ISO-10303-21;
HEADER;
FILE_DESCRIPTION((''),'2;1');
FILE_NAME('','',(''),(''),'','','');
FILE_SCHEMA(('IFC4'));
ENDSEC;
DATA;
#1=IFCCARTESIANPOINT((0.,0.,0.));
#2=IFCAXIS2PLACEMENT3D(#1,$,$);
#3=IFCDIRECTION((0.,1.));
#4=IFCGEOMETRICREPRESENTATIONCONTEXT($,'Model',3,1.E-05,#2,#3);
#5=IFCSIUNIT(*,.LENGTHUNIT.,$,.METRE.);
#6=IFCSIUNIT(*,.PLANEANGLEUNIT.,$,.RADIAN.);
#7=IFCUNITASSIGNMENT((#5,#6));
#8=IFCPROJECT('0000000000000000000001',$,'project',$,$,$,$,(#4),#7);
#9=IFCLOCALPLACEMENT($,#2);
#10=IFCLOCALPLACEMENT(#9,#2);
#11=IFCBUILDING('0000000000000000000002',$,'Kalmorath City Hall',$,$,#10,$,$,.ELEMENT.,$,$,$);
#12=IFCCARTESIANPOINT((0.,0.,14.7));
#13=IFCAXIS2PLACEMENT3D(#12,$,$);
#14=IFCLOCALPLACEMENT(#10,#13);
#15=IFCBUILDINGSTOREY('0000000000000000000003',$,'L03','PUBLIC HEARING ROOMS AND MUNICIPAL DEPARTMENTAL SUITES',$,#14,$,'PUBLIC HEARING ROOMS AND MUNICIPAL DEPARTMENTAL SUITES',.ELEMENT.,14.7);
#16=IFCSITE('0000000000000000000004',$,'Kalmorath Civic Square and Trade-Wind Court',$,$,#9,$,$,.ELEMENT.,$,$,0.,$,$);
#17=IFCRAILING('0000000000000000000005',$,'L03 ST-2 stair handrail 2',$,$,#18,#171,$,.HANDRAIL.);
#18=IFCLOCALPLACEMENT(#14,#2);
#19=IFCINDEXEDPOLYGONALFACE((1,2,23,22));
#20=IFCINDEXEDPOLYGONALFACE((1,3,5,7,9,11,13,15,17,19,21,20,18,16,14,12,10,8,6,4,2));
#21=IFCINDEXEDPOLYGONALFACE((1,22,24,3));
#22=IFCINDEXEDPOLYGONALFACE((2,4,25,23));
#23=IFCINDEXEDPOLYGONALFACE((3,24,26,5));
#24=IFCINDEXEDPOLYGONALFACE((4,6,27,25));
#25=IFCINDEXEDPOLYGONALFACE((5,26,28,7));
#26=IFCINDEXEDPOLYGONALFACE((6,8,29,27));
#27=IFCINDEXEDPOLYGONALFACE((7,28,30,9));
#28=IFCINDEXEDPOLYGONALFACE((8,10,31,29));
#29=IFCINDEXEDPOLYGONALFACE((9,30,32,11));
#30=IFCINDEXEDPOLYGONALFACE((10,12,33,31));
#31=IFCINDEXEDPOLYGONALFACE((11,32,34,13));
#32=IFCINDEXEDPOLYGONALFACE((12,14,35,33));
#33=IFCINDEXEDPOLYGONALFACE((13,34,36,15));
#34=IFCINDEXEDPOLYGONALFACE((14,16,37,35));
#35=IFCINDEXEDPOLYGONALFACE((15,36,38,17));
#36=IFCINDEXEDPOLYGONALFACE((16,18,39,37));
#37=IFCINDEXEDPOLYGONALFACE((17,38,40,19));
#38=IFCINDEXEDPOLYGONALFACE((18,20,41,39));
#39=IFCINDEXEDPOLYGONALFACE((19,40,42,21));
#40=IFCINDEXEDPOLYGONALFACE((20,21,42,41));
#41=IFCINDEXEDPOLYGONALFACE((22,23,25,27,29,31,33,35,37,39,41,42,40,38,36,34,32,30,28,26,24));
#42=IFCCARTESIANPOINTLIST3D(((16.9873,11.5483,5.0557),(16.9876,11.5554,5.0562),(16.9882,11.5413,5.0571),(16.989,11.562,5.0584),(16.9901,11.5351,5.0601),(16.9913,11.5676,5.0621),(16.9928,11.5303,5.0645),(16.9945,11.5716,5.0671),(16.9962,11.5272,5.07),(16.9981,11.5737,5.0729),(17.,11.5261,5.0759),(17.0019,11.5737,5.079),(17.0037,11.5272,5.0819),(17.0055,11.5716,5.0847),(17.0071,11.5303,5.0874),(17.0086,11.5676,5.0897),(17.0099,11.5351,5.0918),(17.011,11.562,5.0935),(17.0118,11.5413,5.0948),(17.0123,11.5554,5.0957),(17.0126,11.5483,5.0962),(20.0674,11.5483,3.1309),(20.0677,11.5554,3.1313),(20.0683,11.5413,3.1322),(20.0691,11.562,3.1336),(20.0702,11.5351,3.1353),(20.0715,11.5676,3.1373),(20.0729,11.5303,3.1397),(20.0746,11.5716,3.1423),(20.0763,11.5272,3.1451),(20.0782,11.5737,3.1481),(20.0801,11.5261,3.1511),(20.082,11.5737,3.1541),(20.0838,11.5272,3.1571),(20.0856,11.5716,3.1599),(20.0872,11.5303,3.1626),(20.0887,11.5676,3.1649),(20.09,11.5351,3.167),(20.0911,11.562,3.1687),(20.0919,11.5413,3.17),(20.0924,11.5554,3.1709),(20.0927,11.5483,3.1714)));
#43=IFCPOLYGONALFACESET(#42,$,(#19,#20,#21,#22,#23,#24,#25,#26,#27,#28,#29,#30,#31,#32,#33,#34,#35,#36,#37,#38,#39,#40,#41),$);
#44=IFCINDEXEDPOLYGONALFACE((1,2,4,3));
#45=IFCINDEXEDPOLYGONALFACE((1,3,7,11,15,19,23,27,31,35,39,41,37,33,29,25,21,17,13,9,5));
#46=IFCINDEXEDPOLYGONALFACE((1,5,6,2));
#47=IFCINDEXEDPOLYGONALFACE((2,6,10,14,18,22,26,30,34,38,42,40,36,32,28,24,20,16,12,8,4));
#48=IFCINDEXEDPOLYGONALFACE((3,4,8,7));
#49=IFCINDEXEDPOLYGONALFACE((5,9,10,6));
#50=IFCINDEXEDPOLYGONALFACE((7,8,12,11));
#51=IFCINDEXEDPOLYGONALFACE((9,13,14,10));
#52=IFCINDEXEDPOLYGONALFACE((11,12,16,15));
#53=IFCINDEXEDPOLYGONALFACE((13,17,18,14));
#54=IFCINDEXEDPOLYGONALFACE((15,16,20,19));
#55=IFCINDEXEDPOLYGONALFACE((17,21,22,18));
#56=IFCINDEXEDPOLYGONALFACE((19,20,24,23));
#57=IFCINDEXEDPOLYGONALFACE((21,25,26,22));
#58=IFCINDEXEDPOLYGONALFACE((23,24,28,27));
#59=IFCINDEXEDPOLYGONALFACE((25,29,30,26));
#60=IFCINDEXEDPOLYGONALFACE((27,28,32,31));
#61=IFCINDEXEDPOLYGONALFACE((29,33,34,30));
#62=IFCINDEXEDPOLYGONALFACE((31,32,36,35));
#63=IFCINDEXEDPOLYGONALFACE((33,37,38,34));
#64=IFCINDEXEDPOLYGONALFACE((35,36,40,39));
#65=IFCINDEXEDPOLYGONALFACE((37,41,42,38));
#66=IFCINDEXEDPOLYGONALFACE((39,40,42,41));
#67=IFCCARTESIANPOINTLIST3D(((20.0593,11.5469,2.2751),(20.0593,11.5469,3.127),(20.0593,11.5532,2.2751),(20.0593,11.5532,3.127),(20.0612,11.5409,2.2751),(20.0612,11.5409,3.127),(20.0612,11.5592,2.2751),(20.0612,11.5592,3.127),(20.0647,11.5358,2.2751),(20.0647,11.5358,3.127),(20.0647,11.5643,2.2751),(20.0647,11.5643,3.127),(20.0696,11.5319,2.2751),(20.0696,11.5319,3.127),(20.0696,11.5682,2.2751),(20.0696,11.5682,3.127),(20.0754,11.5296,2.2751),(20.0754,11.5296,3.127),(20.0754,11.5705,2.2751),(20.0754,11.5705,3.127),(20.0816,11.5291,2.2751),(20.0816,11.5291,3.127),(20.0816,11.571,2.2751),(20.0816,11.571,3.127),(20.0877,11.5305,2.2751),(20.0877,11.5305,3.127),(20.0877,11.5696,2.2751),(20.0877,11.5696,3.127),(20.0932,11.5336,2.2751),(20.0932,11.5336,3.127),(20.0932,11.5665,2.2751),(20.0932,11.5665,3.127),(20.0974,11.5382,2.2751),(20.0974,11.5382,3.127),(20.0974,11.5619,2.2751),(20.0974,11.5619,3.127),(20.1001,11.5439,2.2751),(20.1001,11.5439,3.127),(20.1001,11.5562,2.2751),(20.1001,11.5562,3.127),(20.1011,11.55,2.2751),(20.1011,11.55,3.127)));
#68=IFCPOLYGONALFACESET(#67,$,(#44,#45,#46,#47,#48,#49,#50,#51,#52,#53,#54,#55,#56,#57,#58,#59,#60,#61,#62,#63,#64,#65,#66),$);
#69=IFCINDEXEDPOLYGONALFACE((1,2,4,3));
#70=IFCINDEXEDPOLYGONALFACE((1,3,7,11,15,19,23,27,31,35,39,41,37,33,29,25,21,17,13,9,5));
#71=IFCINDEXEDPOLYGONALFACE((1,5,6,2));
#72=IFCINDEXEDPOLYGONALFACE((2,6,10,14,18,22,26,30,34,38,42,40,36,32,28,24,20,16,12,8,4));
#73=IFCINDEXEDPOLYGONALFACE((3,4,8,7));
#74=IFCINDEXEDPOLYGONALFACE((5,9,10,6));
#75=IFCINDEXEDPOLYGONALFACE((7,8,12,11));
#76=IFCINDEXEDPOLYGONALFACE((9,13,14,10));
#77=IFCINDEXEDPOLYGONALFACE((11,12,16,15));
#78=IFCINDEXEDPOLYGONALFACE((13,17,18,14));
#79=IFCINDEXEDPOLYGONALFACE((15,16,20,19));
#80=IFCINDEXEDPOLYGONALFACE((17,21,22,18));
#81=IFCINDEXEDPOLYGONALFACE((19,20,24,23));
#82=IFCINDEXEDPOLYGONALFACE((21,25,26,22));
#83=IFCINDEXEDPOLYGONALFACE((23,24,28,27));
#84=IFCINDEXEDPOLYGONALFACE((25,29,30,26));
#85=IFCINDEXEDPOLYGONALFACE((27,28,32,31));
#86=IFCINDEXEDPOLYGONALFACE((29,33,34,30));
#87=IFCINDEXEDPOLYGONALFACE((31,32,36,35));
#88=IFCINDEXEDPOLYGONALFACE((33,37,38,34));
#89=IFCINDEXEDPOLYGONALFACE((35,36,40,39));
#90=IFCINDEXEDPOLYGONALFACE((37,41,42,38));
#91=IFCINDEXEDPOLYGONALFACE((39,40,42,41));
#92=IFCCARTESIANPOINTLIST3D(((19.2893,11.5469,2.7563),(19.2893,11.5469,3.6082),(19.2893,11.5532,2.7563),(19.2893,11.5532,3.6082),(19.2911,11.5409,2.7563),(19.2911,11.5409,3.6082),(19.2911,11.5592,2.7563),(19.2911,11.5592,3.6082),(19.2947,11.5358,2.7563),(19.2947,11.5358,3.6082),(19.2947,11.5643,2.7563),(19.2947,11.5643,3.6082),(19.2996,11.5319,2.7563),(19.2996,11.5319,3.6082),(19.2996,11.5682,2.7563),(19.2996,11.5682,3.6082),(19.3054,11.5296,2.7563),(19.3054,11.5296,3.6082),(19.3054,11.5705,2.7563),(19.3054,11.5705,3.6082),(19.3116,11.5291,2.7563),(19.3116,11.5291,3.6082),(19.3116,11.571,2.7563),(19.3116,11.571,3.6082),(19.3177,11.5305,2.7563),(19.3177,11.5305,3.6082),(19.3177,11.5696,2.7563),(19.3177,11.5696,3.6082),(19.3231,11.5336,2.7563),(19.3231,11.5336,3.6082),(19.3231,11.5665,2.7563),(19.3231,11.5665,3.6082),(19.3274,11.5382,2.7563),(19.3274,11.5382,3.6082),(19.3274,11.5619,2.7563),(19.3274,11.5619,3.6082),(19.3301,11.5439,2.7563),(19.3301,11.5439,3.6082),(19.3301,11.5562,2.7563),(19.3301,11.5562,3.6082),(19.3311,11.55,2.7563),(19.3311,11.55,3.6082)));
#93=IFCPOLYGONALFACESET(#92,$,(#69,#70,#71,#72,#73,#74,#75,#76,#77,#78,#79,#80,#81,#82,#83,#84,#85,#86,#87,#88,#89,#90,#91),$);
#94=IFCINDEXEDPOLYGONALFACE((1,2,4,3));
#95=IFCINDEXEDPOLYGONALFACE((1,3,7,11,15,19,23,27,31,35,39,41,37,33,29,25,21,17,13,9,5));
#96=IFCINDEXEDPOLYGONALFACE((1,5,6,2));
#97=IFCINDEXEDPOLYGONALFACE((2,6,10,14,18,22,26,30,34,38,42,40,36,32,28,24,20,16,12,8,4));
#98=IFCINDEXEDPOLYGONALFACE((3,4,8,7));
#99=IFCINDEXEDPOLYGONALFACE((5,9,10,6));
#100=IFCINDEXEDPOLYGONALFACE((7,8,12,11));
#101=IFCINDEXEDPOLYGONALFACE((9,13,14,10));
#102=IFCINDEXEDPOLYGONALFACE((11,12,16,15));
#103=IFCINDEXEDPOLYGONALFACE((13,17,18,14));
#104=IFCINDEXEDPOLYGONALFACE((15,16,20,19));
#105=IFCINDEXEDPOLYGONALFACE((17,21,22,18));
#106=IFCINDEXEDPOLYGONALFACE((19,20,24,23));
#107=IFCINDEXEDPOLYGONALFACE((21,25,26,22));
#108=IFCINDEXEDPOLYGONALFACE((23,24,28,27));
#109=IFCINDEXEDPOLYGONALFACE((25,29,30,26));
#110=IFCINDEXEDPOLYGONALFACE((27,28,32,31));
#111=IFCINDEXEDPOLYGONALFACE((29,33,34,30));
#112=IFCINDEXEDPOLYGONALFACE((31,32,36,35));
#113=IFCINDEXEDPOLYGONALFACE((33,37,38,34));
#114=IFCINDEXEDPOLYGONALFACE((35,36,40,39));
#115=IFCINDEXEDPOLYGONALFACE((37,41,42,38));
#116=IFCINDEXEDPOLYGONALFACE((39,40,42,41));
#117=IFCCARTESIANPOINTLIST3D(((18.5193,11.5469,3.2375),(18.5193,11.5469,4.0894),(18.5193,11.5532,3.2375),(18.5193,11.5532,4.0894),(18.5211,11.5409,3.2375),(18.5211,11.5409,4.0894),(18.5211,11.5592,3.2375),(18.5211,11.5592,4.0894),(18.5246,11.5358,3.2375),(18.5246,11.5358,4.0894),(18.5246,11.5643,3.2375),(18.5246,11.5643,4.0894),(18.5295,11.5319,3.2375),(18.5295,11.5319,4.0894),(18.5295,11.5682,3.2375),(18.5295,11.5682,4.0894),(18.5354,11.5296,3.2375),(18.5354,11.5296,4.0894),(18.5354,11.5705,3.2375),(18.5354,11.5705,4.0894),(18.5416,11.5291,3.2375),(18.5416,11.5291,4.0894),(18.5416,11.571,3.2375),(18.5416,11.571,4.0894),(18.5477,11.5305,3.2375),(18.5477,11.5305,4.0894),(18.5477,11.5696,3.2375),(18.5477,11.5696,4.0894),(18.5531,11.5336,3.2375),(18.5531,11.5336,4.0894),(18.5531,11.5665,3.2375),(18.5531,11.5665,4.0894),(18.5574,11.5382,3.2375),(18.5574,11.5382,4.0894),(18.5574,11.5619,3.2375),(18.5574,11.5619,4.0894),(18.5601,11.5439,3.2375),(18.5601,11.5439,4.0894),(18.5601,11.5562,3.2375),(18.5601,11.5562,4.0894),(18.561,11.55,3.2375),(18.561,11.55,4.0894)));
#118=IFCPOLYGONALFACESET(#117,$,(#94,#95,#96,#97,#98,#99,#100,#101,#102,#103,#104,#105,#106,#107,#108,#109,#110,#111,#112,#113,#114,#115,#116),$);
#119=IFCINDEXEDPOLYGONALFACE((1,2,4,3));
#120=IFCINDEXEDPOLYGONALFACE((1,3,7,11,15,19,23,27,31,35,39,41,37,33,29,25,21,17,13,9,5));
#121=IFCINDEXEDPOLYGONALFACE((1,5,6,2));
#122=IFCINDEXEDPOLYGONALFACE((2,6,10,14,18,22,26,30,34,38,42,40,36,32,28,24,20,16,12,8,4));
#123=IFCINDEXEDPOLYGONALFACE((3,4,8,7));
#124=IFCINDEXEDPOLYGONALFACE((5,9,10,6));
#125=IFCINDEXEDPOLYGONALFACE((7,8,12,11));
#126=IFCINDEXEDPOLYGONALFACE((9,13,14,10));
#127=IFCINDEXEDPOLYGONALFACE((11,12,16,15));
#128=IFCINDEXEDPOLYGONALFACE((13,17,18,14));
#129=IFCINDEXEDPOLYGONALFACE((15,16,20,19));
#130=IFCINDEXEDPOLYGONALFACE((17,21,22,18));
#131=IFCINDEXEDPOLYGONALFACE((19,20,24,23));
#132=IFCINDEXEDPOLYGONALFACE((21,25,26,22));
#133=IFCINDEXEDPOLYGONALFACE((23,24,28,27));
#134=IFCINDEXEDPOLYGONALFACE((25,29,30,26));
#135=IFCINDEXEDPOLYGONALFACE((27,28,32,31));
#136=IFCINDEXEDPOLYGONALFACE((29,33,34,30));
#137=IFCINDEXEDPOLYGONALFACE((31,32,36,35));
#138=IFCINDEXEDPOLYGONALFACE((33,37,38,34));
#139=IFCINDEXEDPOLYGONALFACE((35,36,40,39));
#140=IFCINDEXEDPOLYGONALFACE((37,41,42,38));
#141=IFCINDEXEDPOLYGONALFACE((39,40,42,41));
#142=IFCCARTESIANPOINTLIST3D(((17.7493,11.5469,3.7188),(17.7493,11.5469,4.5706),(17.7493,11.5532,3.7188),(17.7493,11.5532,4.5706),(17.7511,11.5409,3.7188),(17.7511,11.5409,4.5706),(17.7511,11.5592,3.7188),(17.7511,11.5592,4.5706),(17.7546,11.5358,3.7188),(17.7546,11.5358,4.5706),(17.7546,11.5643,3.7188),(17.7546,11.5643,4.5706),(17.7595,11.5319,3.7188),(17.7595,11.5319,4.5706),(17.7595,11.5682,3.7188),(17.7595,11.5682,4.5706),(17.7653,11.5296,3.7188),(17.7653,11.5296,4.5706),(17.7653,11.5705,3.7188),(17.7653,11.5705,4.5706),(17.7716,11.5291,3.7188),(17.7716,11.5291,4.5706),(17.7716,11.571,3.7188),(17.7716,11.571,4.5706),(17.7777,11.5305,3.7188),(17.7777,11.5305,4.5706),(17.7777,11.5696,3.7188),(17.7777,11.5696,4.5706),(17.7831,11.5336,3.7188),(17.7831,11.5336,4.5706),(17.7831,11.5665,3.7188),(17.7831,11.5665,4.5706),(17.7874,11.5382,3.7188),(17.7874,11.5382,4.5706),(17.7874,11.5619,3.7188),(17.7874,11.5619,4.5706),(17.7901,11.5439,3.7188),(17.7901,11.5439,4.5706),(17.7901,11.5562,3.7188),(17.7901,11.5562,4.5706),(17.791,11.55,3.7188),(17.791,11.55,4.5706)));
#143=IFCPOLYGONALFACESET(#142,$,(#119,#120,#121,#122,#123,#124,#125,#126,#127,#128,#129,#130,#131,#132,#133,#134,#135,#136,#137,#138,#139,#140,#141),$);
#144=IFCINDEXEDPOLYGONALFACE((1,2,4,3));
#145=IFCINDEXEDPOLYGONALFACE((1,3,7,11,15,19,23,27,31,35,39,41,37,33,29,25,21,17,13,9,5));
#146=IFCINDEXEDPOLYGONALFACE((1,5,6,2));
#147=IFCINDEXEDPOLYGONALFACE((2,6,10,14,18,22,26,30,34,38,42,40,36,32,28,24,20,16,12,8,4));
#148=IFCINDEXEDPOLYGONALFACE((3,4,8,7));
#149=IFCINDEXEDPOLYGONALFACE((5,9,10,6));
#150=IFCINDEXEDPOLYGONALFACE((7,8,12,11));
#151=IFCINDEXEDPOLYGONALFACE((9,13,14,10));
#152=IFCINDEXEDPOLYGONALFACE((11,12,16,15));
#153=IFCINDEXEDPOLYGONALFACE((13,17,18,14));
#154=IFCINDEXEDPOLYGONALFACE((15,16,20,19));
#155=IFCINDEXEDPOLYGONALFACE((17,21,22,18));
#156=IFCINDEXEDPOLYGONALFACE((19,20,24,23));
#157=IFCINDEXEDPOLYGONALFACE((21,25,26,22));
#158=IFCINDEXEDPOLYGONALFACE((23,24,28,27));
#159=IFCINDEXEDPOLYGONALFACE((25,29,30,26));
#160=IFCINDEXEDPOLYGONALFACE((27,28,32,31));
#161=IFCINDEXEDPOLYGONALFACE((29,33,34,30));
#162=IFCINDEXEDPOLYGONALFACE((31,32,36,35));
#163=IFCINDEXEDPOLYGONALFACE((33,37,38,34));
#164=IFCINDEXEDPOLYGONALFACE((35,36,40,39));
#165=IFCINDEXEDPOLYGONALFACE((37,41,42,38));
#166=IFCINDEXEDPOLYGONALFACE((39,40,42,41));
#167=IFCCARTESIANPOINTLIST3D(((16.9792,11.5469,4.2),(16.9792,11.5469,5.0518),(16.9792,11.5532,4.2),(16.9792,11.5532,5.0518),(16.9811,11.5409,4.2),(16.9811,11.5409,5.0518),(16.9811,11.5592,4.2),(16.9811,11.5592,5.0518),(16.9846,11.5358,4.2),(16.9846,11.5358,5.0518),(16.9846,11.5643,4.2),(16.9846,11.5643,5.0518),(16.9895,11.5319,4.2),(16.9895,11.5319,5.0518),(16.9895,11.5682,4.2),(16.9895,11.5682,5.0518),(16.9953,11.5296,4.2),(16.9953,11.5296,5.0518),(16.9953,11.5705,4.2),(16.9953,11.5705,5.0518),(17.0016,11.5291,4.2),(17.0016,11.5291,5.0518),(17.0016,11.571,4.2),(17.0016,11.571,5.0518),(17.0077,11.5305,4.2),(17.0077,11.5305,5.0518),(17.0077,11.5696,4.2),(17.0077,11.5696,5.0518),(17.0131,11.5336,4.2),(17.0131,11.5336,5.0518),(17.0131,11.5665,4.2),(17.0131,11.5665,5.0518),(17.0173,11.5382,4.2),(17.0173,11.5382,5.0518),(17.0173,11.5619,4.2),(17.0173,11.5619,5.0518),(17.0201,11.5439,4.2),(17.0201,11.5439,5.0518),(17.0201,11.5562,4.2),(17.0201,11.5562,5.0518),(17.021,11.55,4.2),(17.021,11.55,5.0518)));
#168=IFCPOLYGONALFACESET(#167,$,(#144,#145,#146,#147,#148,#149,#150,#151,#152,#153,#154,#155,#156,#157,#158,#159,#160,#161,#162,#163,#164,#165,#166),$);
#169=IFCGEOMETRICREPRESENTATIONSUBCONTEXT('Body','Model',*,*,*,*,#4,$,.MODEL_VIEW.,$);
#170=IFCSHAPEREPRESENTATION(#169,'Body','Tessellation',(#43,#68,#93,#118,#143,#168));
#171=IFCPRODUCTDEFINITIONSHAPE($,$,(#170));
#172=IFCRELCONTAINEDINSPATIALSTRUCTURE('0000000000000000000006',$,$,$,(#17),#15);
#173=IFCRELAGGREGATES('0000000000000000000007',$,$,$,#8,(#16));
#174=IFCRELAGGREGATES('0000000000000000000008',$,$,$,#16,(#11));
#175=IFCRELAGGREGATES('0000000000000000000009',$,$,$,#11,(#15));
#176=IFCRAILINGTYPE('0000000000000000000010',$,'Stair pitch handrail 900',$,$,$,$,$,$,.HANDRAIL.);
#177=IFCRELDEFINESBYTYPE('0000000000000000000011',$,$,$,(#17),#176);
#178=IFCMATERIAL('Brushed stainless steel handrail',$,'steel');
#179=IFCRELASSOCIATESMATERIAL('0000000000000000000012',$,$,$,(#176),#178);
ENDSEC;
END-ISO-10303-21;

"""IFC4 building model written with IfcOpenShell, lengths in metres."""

from ifc_helpers import new_model, si_unit, direction, frame, origin, origin_2d, place, context, subcontext, project, spatial, circle, extrude, material, type_object, element, save


model = new_model("IFC4")

# Units and contexts
model_context = context("Model", 3, precision=1e-05, world=origin(), true_north=direction((0.0, 1.0)))
body_context = subcontext(model_context, "Body", "Model", "MODEL_VIEW")
ifc_project = project(units=[si_unit("LENGTHUNIT", "METRE"), si_unit("PLANEANGLEUNIT", "RADIAN")], contexts=[model_context])

# Site, building, storey
site_placement = place(None, origin())
site = spatial("IfcSite", under=ifc_project, at=site_placement, Name="Kalmorath Civic Square and Trade-Wind Court", CompositionType="ELEMENT", RefElevation=0.0)
building_placement = place(site_placement, origin())
building = spatial("IfcBuilding", under=site, at=building_placement, Name="Kalmorath City Hall", CompositionType="ELEMENT")
storey_placement = place(building_placement, frame((0.0, 0.0, 14.7)))
storey = spatial("IfcBuildingStorey", under=building, at=storey_placement, Name="L03", Description="PUBLIC HEARING ROOMS AND MUNICIPAL DEPARTMENTAL SUITES", LongName="PUBLIC HEARING ROOMS AND MUNICIPAL DEPARTMENTAL SUITES", CompositionType="ELEMENT", Elevation=14.7)

# Railing
ifc_material_1 = material(Name="Brushed stainless steel handrail", Category="steel")
railing_type_1 = type_object("IfcRailingType", Name="Stair pitch handrail 900", PredefinedType="HANDRAIL", material=ifc_material_1)
railing_1_placement = place(storey_placement, frame((20.0801, 11.55, 2.2751)))
element("IfcRailing", 1, at=railing_1_placement, inside=storey, type_object=railing_type_1, Name="L03 ST-2 stair handrail 2", PredefinedType="HANDRAIL", context=body_context, shape_type="SweptSolid", body=[
    extrude(circle(Radius=0.0239, at=origin_2d()), frame((0.0, 0.0, 0.876), z_axis=(-0.848029, 0.0, 0.529951), x_axis=(0.0, -1.0, 0.0)), (0.0, 0.0, 1.0), 3.6321),
    extrude(circle(Radius=0.021, at=origin_2d()), origin(), (0.0, 0.0, 1.0), 0.8518),
    extrude(circle(Radius=0.021, at=origin_2d()), frame((-0.77, 0.0, 0.4812)), (0.0, 0.0, 1.0), 0.8518),
    extrude(circle(Radius=0.021, at=origin_2d()), frame((-1.54, 0.0, 0.9624)), (0.0, 0.0, 1.0), 0.8518),
    extrude(circle(Radius=0.021, at=origin_2d()), frame((-2.3101, 0.0, 1.4436)), (0.0, 0.0, 1.0), 0.8518),
    extrude(circle(Radius=0.021, at=origin_2d()), frame((-3.0801, 0.0, 1.9248)), (0.0, 0.0, 1.0), 0.8518),
])

save(model, "model.ifc")
